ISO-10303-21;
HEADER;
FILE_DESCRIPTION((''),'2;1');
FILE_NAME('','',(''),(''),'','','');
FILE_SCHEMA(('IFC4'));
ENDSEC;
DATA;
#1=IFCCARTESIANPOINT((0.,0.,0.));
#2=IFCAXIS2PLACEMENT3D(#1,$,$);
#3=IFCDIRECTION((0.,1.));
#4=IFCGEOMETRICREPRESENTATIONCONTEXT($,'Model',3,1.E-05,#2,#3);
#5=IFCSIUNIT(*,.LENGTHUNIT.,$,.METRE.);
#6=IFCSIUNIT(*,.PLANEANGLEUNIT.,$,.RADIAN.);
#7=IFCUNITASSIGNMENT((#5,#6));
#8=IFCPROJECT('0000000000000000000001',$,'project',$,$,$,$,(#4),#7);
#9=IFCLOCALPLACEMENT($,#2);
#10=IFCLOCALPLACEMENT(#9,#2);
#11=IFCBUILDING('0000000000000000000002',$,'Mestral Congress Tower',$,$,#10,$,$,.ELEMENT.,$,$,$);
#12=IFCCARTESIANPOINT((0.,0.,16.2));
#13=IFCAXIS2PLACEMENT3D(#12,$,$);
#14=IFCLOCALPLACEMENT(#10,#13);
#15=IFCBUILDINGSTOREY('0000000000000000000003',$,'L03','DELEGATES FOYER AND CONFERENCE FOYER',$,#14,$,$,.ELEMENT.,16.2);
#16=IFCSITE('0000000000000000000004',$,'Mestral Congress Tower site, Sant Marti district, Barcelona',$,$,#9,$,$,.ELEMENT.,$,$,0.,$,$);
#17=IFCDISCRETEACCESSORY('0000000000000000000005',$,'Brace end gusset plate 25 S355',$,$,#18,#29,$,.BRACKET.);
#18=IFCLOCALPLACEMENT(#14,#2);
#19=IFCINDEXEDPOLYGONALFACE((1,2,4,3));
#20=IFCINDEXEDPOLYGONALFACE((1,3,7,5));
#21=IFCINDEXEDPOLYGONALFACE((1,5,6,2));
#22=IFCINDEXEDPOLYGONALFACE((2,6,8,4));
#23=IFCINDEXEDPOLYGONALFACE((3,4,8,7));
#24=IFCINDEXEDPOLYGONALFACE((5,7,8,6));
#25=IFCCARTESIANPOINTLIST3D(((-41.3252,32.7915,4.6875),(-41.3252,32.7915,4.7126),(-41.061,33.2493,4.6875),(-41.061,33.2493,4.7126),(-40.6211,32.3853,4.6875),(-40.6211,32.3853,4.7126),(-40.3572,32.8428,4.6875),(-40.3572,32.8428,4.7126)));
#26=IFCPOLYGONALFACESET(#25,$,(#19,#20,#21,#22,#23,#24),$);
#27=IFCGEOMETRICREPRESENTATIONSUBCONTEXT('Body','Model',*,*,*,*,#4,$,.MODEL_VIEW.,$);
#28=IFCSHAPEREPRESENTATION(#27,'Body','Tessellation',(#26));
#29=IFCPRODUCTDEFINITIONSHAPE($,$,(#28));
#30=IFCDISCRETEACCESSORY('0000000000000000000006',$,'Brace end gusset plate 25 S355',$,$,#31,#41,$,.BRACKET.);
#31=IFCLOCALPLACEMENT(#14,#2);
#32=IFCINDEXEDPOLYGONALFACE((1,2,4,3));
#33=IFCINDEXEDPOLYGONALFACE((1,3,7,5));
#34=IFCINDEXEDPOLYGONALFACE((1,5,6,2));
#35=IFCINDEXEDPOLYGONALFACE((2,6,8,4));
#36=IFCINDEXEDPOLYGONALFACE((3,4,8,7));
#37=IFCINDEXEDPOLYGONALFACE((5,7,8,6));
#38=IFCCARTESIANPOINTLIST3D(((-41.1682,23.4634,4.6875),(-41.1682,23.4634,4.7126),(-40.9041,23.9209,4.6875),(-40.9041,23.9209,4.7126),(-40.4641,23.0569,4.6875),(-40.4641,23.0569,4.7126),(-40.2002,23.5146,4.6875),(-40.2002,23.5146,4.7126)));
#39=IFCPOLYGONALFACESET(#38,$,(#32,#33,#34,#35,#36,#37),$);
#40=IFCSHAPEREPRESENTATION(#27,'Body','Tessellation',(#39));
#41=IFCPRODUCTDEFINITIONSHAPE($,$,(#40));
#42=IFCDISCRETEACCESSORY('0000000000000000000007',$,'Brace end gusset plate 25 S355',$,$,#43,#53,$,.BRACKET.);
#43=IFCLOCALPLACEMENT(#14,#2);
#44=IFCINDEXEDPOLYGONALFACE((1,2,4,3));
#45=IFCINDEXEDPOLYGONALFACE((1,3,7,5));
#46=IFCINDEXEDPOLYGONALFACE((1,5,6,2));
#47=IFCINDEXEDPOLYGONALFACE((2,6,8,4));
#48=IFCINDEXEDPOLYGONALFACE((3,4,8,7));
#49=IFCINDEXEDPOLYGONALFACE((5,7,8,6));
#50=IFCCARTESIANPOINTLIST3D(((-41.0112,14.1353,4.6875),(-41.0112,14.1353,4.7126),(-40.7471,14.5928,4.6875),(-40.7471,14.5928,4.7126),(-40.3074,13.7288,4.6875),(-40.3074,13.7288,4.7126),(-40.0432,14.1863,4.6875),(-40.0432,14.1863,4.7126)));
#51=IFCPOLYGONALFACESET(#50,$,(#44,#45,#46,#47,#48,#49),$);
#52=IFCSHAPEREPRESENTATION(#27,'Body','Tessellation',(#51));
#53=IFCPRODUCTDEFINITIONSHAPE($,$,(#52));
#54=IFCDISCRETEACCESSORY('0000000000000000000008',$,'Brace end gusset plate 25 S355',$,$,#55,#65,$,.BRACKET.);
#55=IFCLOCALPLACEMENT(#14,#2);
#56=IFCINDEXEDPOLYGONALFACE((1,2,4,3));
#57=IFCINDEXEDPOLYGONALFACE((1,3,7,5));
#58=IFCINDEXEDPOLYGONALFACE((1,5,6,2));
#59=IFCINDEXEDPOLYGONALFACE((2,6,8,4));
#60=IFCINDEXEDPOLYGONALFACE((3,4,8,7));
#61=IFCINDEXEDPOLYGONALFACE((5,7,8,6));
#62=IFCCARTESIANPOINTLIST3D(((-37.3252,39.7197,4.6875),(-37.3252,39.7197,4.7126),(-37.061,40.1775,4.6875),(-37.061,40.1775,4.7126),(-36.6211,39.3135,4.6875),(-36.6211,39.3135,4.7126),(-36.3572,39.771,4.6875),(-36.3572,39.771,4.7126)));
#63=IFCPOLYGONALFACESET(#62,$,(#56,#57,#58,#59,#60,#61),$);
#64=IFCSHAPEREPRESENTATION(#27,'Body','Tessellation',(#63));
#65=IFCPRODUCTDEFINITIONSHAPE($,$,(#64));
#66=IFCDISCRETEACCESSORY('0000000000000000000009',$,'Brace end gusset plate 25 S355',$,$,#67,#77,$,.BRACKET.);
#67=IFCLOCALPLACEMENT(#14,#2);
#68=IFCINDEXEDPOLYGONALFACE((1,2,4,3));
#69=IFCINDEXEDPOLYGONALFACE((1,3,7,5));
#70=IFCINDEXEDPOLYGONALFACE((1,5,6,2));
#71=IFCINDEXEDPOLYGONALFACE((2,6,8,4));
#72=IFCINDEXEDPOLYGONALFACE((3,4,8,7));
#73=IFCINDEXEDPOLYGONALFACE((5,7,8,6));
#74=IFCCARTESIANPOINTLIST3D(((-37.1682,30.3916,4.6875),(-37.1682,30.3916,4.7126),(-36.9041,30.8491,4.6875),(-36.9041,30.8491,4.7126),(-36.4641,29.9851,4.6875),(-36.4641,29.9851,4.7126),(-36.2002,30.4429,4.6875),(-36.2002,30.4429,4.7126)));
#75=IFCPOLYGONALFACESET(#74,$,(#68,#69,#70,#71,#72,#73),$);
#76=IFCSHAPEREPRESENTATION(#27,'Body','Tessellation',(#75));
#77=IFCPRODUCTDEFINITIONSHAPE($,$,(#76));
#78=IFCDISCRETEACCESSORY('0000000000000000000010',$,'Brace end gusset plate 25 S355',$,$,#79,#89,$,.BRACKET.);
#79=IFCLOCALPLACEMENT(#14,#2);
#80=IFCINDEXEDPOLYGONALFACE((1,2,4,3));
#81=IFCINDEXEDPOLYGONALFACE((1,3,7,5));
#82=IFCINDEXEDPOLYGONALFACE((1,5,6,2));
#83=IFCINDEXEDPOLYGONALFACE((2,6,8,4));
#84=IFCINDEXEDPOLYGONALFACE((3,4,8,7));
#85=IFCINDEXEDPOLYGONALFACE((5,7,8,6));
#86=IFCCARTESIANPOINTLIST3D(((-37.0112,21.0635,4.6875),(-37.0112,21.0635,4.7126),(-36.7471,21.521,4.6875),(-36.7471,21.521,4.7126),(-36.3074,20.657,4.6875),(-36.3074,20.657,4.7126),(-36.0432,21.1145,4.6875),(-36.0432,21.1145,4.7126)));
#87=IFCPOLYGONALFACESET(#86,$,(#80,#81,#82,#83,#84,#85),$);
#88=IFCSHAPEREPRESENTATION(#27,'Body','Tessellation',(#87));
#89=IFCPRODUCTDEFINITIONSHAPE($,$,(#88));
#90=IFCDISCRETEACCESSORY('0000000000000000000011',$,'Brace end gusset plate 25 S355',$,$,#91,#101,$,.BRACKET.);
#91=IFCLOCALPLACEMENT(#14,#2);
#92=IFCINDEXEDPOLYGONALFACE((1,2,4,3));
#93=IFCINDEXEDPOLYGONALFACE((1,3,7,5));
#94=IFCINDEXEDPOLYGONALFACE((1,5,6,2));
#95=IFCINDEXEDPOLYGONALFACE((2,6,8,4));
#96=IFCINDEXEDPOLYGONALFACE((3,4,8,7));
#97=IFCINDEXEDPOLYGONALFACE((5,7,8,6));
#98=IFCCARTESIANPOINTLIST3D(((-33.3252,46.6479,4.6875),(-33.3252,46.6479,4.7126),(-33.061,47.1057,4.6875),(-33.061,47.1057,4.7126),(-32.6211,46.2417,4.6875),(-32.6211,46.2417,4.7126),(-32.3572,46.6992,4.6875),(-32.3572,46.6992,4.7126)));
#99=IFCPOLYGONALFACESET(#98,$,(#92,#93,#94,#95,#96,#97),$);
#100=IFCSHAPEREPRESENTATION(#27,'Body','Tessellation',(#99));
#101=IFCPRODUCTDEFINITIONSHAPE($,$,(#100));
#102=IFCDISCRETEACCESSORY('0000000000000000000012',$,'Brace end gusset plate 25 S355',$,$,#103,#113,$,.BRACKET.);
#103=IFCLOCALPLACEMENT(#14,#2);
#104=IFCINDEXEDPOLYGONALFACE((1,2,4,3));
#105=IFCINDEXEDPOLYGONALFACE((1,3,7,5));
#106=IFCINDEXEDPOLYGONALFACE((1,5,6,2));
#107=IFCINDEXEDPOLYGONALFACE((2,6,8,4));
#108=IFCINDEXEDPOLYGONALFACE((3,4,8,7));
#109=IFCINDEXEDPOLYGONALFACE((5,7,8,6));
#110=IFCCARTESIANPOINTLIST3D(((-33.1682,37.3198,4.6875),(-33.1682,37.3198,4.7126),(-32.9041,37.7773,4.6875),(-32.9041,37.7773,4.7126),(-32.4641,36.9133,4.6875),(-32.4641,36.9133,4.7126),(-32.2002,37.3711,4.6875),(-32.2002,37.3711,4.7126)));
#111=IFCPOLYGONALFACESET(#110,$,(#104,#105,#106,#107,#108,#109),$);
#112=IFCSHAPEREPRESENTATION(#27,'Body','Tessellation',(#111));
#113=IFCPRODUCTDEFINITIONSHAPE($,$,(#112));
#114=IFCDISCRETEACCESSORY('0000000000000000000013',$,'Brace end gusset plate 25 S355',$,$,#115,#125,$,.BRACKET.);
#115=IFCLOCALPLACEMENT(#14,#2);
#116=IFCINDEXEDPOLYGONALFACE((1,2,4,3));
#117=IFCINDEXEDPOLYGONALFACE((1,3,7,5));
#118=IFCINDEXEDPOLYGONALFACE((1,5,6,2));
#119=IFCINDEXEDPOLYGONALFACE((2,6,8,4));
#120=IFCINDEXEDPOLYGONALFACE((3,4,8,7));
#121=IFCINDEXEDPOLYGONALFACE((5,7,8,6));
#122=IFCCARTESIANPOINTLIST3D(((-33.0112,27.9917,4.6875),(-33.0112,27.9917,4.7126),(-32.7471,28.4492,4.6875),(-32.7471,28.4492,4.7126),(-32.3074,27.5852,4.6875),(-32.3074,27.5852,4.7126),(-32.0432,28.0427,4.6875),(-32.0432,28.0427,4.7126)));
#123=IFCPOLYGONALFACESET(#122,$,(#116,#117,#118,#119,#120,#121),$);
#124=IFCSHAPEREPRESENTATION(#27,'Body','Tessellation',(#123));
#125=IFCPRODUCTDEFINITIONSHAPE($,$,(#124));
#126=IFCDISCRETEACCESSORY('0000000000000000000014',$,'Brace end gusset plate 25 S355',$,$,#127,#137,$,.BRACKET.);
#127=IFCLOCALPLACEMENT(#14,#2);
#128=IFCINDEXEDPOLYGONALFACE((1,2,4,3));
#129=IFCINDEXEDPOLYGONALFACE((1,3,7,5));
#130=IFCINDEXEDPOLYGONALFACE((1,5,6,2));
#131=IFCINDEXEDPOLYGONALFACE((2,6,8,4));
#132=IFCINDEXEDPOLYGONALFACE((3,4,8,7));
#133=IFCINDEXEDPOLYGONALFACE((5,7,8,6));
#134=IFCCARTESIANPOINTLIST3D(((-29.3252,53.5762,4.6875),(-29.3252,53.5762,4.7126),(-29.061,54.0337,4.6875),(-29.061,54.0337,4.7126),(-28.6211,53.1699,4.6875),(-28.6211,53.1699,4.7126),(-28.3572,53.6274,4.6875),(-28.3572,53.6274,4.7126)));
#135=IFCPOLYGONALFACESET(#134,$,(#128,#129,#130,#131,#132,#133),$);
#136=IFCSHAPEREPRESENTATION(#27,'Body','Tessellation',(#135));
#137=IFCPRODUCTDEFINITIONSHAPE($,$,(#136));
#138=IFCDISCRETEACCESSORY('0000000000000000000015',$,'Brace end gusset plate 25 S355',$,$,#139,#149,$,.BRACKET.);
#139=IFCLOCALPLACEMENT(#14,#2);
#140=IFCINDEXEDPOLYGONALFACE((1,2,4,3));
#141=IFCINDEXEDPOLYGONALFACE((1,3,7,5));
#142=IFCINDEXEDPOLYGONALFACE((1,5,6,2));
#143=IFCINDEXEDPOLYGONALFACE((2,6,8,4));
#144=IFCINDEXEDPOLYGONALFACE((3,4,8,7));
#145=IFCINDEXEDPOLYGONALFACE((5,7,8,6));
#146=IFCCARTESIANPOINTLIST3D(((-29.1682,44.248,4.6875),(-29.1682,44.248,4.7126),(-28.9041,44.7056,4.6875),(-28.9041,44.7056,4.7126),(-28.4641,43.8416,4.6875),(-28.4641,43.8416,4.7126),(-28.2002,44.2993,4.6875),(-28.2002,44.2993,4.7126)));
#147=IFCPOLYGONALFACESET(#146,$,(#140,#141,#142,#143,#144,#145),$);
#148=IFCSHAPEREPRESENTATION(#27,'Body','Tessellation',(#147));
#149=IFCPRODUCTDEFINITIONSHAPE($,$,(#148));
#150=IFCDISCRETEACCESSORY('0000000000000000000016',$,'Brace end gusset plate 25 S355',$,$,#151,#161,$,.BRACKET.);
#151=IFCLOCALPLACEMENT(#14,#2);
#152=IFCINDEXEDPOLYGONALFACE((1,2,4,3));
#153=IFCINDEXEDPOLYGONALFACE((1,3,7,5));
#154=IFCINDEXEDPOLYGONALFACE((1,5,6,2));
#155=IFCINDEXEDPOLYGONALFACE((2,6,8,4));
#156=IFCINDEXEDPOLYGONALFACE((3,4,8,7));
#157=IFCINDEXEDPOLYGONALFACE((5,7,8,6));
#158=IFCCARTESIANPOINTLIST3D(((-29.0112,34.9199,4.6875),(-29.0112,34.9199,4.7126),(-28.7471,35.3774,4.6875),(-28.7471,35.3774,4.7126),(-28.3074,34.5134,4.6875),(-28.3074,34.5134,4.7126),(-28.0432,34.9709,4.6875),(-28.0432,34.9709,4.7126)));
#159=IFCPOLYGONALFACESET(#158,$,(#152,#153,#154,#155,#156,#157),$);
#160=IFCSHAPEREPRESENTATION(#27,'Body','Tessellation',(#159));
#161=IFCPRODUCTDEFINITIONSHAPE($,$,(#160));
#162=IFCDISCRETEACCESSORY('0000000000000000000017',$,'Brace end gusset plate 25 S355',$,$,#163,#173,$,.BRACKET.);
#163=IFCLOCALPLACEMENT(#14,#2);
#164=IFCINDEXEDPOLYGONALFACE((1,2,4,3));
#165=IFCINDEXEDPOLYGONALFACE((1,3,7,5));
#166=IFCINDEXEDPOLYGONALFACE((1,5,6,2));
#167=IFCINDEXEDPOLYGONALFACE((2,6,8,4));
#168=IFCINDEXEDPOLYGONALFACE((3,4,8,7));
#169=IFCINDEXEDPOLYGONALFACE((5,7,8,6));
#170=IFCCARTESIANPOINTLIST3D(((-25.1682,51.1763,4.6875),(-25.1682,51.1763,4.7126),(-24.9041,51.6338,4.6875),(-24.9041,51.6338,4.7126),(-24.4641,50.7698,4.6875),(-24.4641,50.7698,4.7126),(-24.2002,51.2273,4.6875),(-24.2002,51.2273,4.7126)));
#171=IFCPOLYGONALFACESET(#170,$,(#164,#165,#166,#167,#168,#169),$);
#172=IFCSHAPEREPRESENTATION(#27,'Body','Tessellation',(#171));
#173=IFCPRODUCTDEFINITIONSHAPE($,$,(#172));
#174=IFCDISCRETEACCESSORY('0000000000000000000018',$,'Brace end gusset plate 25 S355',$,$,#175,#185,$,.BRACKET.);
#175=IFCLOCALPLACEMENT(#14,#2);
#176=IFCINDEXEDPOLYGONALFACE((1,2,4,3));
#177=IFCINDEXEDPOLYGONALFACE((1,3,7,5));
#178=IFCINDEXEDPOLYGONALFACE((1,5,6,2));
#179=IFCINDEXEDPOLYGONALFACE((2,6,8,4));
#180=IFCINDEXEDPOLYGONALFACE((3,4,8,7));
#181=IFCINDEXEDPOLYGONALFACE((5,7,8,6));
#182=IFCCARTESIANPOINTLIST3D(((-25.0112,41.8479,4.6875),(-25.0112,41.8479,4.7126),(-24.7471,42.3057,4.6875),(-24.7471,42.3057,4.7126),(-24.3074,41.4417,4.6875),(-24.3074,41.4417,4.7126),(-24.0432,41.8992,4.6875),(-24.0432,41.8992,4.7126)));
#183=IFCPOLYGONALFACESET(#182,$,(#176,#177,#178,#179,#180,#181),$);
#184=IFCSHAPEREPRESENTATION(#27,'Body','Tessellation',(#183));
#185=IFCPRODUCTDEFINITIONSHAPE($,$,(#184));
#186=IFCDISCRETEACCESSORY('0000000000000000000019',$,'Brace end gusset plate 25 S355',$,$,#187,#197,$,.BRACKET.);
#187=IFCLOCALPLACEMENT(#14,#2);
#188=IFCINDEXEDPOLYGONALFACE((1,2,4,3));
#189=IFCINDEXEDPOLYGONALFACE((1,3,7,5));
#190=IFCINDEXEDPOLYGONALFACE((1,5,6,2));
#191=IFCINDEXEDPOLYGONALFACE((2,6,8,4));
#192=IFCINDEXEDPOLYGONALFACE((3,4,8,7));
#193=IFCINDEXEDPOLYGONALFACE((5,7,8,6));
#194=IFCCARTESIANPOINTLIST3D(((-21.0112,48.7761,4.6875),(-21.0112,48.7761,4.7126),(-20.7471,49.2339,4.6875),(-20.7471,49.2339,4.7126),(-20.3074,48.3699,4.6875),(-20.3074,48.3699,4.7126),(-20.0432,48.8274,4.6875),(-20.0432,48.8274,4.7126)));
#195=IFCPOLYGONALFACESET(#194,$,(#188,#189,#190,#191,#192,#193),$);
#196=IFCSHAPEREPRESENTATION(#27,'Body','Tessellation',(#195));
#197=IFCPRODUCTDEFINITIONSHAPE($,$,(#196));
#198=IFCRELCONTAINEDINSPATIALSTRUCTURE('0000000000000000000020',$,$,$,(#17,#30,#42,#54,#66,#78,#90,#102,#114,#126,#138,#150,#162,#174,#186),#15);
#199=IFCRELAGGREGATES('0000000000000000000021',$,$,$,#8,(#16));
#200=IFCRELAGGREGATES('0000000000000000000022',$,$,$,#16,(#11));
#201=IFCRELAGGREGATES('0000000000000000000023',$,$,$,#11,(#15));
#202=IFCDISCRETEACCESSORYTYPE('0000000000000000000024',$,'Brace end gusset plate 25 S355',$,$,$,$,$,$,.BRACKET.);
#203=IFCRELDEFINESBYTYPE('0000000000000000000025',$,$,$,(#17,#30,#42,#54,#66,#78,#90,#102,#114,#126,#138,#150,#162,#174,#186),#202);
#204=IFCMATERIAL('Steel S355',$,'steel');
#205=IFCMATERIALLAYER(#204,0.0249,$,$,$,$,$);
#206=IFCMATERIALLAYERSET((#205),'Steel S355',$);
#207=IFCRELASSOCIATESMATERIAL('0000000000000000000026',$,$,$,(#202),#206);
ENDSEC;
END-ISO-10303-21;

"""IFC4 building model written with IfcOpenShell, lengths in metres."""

from ifc_helpers import new_model, si_unit, direction, frame, origin, place, context, subcontext, project, spatial, polyline, outline, extrude, material, layer, layer_set, type_object, element, save


model = new_model("IFC4")

# Units and contexts
model_context = context("Model", 3, precision=1e-05, world=origin(), true_north=direction((0.0, 1.0)))
body_context = subcontext(model_context, "Body", "Model", "MODEL_VIEW")
ifc_project = project(units=[si_unit("LENGTHUNIT", "METRE"), si_unit("PLANEANGLEUNIT", "RADIAN")], contexts=[model_context])

# Site, building, storey
site_placement = place(None, origin())
site = spatial("IfcSite", under=ifc_project, at=site_placement, Name="Mestral Congress Tower site, Sant Marti district, Barcelona", CompositionType="ELEMENT", RefElevation=0.0)
building_placement = place(site_placement, origin())
building = spatial("IfcBuilding", under=site, at=building_placement, Name="Mestral Congress Tower", CompositionType="ELEMENT")
storey_placement = place(building_placement, frame((0.0, 0.0, 16.2)))
storey = spatial("IfcBuildingStorey", under=building, at=storey_placement, Name="L03", Description="DELEGATES FOYER AND CONFERENCE FOYER", CompositionType="ELEMENT", Elevation=16.2)

# Discrete accessories
ifc_material = material(Name="Steel S355", Category="steel")
ifc_layer_1 = layer(ifc_material, 0.0249)
ifc_layer_set_1 = layer_set([ifc_layer_1], Name="Steel S355")
discrete_accessory_type_1 = type_object("IfcDiscreteAccessoryType", Name="Brace end gusset plate 25 S355", PredefinedType="BRACKET", material=ifc_layer_set_1)
placement_1 = place(storey_placement, frame((0.0, 0.0, 4.6875)))
element("IfcDiscreteAccessory", 1, at=placement_1, inside=storey, type_object=discrete_accessory_type_1, Name="Brace end gusset plate 25 S355", PredefinedType="BRACKET", context=body_context, shape_type="SweptSolid", body=[
    extrude(outline(polyline([(-41.3252, 32.7915), (-40.6211, 32.3853), (-40.3572, 32.8428), (-41.061, 33.2493), (-41.3252, 32.7915)])), origin(), (0.0, 0.0, 1.0), 0.0251),
])
element("IfcDiscreteAccessory", 2, at=placement_1, inside=storey, type_object=discrete_accessory_type_1, Name="Brace end gusset plate 25 S355", PredefinedType="BRACKET", context=body_context, shape_type="SweptSolid", body=[
    extrude(outline(polyline([(-41.1682, 23.4634), (-40.4641, 23.0569), (-40.2002, 23.5146), (-40.9041, 23.9209), (-41.1682, 23.4634)])), origin(), (0.0, 0.0, 1.0), 0.0251),
])
element("IfcDiscreteAccessory", 3, at=placement_1, inside=storey, type_object=discrete_accessory_type_1, Name="Brace end gusset plate 25 S355", PredefinedType="BRACKET", context=body_context, shape_type="SweptSolid", body=[
    extrude(outline(polyline([(-41.0112, 14.1353), (-40.3074, 13.7288), (-40.0432, 14.1863), (-40.7471, 14.5928), (-41.0112, 14.1353)])), origin(), (0.0, 0.0, 1.0), 0.0251),
])
element("IfcDiscreteAccessory", 4, at=placement_1, inside=storey, type_object=discrete_accessory_type_1, Name="Brace end gusset plate 25 S355", PredefinedType="BRACKET", context=body_context, shape_type="SweptSolid", body=[
    extrude(outline(polyline([(-37.3252, 39.7197), (-36.6211, 39.3135), (-36.3572, 39.771), (-37.061, 40.1775), (-37.3252, 39.7197)])), origin(), (0.0, 0.0, 1.0), 0.0251),
])
element("IfcDiscreteAccessory", 5, at=placement_1, inside=storey, type_object=discrete_accessory_type_1, Name="Brace end gusset plate 25 S355", PredefinedType="BRACKET", context=body_context, shape_type="SweptSolid", body=[
    extrude(outline(polyline([(-37.1682, 30.3916), (-36.4641, 29.9851), (-36.2002, 30.4429), (-36.9041, 30.8491), (-37.1682, 30.3916)])), origin(), (0.0, 0.0, 1.0), 0.0251),
])
element("IfcDiscreteAccessory", 6, at=placement_1, inside=storey, type_object=discrete_accessory_type_1, Name="Brace end gusset plate 25 S355", PredefinedType="BRACKET", context=body_context, shape_type="SweptSolid", body=[
    extrude(outline(polyline([(-37.0112, 21.0635), (-36.3074, 20.657), (-36.0432, 21.1145), (-36.7471, 21.521), (-37.0112, 21.0635)])), origin(), (0.0, 0.0, 1.0), 0.0251),
])
element("IfcDiscreteAccessory", 7, at=placement_1, inside=storey, type_object=discrete_accessory_type_1, Name="Brace end gusset plate 25 S355", PredefinedType="BRACKET", context=body_context, shape_type="SweptSolid", body=[
    extrude(outline(polyline([(-33.3252, 46.6479), (-32.6211, 46.2417), (-32.3572, 46.6992), (-33.061, 47.1057), (-33.3252, 46.6479)])), origin(), (0.0, 0.0, 1.0), 0.0251),
])
element("IfcDiscreteAccessory", 8, at=placement_1, inside=storey, type_object=discrete_accessory_type_1, Name="Brace end gusset plate 25 S355", PredefinedType="BRACKET", context=body_context, shape_type="SweptSolid", body=[
    extrude(outline(polyline([(-33.1682, 37.3198), (-32.4641, 36.9133), (-32.2002, 37.3711), (-32.9041, 37.7773), (-33.1682, 37.3198)])), origin(), (0.0, 0.0, 1.0), 0.0251),
])
element("IfcDiscreteAccessory", 9, at=placement_1, inside=storey, type_object=discrete_accessory_type_1, Name="Brace end gusset plate 25 S355", PredefinedType="BRACKET", context=body_context, shape_type="SweptSolid", body=[
    extrude(outline(polyline([(-33.0112, 27.9917), (-32.3074, 27.5852), (-32.0432, 28.0427), (-32.7471, 28.4492), (-33.0112, 27.9917)])), origin(), (0.0, 0.0, 1.0), 0.0251),
])
element("IfcDiscreteAccessory", 10, at=placement_1, inside=storey, type_object=discrete_accessory_type_1, Name="Brace end gusset plate 25 S355", PredefinedType="BRACKET", context=body_context, shape_type="SweptSolid", body=[
    extrude(outline(polyline([(-29.3252, 53.5762), (-28.6211, 53.1699), (-28.3572, 53.6274), (-29.061, 54.0337), (-29.3252, 53.5762)])), origin(), (0.0, 0.0, 1.0), 0.0251),
])
element("IfcDiscreteAccessory", 11, at=placement_1, inside=storey, type_object=discrete_accessory_type_1, Name="Brace end gusset plate 25 S355", PredefinedType="BRACKET", context=body_context, shape_type="SweptSolid", body=[
    extrude(outline(polyline([(-29.1682, 44.248), (-28.4641, 43.8416), (-28.2002, 44.2993), (-28.9041, 44.7056), (-29.1682, 44.248)])), origin(), (0.0, 0.0, 1.0), 0.0251),
])
element("IfcDiscreteAccessory", 12, at=placement_1, inside=storey, type_object=discrete_accessory_type_1, Name="Brace end gusset plate 25 S355", PredefinedType="BRACKET", context=body_context, shape_type="SweptSolid", body=[
    extrude(outline(polyline([(-29.0112, 34.9199), (-28.3074, 34.5134), (-28.0432, 34.9709), (-28.7471, 35.3774), (-29.0112, 34.9199)])), origin(), (0.0, 0.0, 1.0), 0.0251),
])
element("IfcDiscreteAccessory", 13, at=placement_1, inside=storey, type_object=discrete_accessory_type_1, Name="Brace end gusset plate 25 S355", PredefinedType="BRACKET", context=body_context, shape_type="SweptSolid", body=[
    extrude(outline(polyline([(-25.1682, 51.1763), (-24.4641, 50.7698), (-24.2002, 51.2273), (-24.9041, 51.6338), (-25.1682, 51.1763)])), origin(), (0.0, 0.0, 1.0), 0.0251),
])
element("IfcDiscreteAccessory", 14, at=placement_1, inside=storey, type_object=discrete_accessory_type_1, Name="Brace end gusset plate 25 S355", PredefinedType="BRACKET", context=body_context, shape_type="SweptSolid", body=[
    extrude(outline(polyline([(-25.0112, 41.8479), (-24.3074, 41.4417), (-24.0432, 41.8992), (-24.7471, 42.3057), (-25.0112, 41.8479)])), origin(), (0.0, 0.0, 1.0), 0.0251),
])
element("IfcDiscreteAccessory", 15, at=placement_1, inside=storey, type_object=discrete_accessory_type_1, Name="Brace end gusset plate 25 S355", PredefinedType="BRACKET", context=body_context, shape_type="SweptSolid", body=[
    extrude(outline(polyline([(-21.0112, 48.7761), (-20.3074, 48.3699), (-20.0432, 48.8274), (-20.7471, 49.2339), (-21.0112, 48.7761)])), origin(), (0.0, 0.0, 1.0), 0.0251),
])

save(model, "model.ifc")
